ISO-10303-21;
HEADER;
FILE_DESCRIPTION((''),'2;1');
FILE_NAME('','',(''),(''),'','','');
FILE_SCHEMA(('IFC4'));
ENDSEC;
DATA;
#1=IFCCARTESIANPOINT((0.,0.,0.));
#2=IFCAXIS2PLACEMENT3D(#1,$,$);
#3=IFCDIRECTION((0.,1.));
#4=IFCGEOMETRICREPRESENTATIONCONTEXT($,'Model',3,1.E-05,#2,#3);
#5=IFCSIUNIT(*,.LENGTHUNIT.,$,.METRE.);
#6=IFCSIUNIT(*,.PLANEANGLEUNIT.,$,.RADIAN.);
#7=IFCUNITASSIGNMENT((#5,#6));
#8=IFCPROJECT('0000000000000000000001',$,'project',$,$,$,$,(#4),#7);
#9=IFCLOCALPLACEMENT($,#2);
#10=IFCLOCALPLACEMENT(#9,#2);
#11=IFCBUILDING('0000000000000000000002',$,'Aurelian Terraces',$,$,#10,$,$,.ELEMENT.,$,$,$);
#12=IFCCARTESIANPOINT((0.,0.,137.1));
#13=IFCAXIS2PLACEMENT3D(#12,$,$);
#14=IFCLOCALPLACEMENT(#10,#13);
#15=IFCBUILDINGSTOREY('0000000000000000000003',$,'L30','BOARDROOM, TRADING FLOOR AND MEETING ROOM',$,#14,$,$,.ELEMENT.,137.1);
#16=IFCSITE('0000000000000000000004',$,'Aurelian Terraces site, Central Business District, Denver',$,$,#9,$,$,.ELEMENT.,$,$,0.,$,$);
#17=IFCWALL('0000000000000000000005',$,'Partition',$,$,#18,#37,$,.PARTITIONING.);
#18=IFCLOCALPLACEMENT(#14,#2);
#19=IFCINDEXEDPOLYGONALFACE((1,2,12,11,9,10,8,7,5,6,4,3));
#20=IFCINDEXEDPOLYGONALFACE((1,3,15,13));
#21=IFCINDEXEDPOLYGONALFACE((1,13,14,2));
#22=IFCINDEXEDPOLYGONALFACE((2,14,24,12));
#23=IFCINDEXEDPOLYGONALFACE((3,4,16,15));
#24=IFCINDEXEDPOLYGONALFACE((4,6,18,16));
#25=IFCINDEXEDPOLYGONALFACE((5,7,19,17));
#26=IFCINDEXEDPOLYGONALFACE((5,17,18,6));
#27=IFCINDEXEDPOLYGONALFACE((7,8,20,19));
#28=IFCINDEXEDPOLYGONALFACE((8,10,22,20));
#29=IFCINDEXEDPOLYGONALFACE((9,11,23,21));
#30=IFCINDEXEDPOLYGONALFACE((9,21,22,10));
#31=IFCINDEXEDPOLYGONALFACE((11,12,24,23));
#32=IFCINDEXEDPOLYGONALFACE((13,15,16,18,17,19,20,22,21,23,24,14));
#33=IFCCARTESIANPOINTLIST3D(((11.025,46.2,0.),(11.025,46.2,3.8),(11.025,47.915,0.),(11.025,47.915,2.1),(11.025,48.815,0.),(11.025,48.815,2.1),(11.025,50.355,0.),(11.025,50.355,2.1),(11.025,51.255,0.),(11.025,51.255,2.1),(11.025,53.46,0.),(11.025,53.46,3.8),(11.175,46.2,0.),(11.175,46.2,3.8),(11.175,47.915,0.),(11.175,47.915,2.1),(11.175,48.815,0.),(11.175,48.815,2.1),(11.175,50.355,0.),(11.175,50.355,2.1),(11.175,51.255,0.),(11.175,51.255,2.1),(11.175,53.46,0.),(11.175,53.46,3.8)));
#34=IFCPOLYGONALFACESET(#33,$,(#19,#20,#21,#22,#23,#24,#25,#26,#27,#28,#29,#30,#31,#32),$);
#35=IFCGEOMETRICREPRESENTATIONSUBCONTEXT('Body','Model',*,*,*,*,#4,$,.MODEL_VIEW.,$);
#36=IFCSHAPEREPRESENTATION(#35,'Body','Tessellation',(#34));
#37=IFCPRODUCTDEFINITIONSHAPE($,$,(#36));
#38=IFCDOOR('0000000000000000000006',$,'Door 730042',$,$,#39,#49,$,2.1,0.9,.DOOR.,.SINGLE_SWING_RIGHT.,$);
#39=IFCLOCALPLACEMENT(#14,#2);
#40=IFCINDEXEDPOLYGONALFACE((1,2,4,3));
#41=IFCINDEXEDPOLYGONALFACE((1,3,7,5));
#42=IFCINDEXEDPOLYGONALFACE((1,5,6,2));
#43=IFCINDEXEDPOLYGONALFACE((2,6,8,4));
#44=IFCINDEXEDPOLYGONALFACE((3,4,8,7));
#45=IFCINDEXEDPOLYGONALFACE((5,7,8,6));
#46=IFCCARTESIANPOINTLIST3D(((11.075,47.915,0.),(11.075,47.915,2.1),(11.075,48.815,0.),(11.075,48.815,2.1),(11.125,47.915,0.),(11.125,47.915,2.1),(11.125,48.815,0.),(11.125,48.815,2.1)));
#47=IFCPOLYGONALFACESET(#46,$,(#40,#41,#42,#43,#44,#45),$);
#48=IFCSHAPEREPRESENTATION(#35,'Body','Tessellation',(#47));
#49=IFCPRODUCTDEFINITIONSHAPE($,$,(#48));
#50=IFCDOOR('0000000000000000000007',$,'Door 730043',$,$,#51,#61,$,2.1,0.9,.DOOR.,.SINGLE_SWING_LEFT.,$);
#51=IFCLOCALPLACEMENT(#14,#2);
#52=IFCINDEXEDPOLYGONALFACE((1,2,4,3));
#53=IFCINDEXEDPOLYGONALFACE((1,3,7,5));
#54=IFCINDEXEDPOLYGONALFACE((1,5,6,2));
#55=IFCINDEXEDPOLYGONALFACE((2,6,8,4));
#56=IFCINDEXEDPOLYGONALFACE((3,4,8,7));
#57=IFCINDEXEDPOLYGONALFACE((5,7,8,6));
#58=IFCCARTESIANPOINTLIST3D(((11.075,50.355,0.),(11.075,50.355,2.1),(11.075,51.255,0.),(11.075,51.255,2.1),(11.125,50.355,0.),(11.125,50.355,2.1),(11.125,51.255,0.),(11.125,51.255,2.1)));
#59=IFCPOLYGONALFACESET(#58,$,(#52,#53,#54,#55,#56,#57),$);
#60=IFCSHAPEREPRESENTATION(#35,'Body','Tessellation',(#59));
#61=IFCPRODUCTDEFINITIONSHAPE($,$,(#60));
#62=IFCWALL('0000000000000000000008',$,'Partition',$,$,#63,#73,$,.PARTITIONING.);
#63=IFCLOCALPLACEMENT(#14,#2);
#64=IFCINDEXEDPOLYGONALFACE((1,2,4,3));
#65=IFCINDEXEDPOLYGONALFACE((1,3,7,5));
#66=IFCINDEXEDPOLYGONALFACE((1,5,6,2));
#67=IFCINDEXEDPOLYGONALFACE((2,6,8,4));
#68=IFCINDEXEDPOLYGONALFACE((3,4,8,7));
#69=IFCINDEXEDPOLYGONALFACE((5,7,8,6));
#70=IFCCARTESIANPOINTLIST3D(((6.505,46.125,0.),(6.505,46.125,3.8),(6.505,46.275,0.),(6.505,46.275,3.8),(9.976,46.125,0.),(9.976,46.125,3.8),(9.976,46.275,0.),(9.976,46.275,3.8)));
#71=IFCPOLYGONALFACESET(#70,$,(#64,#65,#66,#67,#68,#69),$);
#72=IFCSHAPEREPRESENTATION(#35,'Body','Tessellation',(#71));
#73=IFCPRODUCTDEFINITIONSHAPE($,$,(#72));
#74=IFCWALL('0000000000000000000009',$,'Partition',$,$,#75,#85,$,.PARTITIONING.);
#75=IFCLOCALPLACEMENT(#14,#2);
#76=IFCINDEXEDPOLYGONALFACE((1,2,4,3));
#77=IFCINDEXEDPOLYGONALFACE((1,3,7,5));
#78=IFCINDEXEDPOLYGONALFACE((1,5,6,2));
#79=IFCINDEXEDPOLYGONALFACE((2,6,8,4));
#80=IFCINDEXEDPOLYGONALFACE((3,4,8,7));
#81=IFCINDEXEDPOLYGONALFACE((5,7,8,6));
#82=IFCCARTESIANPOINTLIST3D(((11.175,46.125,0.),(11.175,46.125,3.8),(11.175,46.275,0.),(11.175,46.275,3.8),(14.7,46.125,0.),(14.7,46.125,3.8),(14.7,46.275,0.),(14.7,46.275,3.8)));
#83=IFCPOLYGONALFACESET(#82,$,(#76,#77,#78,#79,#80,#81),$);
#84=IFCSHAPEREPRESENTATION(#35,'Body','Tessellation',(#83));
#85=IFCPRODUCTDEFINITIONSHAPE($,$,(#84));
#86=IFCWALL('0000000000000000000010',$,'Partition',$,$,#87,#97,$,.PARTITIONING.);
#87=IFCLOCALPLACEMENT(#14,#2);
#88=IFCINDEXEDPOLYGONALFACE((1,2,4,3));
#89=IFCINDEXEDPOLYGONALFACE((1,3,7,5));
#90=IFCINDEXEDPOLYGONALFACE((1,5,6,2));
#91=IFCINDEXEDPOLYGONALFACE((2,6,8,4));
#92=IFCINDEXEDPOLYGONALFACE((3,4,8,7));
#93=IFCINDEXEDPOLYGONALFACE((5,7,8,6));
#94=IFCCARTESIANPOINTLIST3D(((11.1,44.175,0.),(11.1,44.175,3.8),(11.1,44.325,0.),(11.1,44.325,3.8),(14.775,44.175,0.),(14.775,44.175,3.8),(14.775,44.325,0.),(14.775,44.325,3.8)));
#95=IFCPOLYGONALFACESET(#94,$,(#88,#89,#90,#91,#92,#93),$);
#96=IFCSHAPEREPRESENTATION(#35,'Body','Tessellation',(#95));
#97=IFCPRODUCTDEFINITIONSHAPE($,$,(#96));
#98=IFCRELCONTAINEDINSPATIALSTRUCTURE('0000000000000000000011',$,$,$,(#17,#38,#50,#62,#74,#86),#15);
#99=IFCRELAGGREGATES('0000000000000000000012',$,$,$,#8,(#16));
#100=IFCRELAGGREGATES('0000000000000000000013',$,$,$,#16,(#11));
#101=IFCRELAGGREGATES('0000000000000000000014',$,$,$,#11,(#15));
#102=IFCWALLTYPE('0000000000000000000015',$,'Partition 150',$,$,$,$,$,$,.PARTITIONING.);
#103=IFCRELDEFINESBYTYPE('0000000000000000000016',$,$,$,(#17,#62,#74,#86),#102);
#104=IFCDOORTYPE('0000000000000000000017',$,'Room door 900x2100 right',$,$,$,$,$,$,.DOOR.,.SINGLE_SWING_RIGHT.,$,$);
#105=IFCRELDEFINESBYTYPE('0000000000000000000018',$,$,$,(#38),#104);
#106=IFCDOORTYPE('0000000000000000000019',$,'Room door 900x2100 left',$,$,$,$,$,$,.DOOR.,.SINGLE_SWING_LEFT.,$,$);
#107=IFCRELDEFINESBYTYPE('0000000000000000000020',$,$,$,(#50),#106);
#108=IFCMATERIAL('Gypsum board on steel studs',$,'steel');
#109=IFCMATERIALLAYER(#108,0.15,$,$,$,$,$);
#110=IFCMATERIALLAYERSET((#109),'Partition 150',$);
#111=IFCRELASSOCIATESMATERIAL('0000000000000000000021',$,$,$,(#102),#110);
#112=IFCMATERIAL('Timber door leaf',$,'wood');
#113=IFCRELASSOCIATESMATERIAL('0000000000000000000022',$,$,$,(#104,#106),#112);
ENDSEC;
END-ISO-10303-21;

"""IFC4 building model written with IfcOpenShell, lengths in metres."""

from ifc_helpers import new_model, si_unit, direction, frame, frame_2d, origin, place, context, subcontext, project, spatial, rectangle, extrude, source, transform, mapped, material, layer, layer_set, type_object, element, fill, save


model = new_model("IFC4")

# Units and contexts
model_context = context("Model", 3, precision=1e-05, world=origin(), true_north=direction((0.0, 1.0)))
body_context = subcontext(model_context, "Body", "Model", "MODEL_VIEW")
ifc_project = project(units=[si_unit("LENGTHUNIT", "METRE"), si_unit("PLANEANGLEUNIT", "RADIAN")], contexts=[model_context])

# Site, building, storey
site_placement = place(None, origin())
site = spatial("IfcSite", under=ifc_project, at=site_placement, Name="Aurelian Terraces site, Central Business District, Denver", CompositionType="ELEMENT", RefElevation=0.0)
building_placement = place(site_placement, origin())
building = spatial("IfcBuilding", under=site, at=building_placement, Name="Aurelian Terraces", CompositionType="ELEMENT")
storey_placement = place(building_placement, frame((0.0, 0.0, 137.1)))
storey = spatial("IfcBuildingStorey", under=building, at=storey_placement, Name="L30", Description="BOARDROOM, TRADING FLOOR AND MEETING ROOM", CompositionType="ELEMENT", Elevation=137.1)

# Shared definitions
ifc_material_1 = material(Name="Gypsum board on steel studs", Category="steel")
shared_shape_1 = source(origin(), body_context, "Body", "SweptSolid", [
    extrude(rectangle(XDim=0.9, YDim=2.1, at=frame_2d((0.45, 1.05))), frame((0.0, 0.025, 0.0), z_axis=(0.0, -1.0, 0.0), x_axis=(1.0, 0.0, 0.0)), (0.0, 0.0, 1.0), 0.05),
])

# Shared definitions
ifc_layer_1 = layer(ifc_material_1, 0.15)
ifc_layer_set_1 = layer_set([ifc_layer_1], Name="Partition 150")
wall_type_1 = type_object("IfcWallType", Name="Partition 150", PredefinedType="PARTITIONING", material=ifc_layer_set_1)

# Shared definitions
shared_shape_2 = source(origin(), body_context, "Body", "SweptSolid", [
    extrude(rectangle(XDim=0.9, YDim=2.1, at=frame_2d((0.45, 1.05))), frame((0.0, 0.085, 0.0), z_axis=(0.0, -1.0, 0.0), x_axis=(1.0, 0.0, 0.0)), (0.0, 0.0, 1.0), 0.17),
])
ifc_material_2 = material(Name="Timber door leaf", Category="wood")
door_type_1 = type_object("IfcDoorType", Name="Room door 900x2100 right", OperationType="SINGLE_SWING_RIGHT", PredefinedType="DOOR", material=ifc_material_2)

# Wall, openings, doors
shared_shape_3 = source(origin(), body_context, "Body", "SweptSolid", [
    extrude(rectangle(XDim=7.26, YDim=0.15, at=frame_2d((3.63, 0.0))), origin(), (0.0, 0.0, 1.0), 3.8),
])
wall_1_placement = place(storey_placement, frame((11.1, 46.2, 0.0), z_axis=(0.0, 0.0, 1.0), x_axis=(0.0, 1.0, 0.0)))
wall_1 = element("IfcWall", 1, at=wall_1_placement, inside=storey, type_object=wall_type_1, Name="Partition", PredefinedType="PARTITIONING", context=body_context, shape_type="MappedRepresentation", body=[
    mapped(shared_shape_3, transform((0.0, 0.0, 0.0), scale=1.0)),
])
opening_1_placement = place(wall_1_placement, frame((1.715, 0.0, 0.0)))
opening_1 = element("IfcOpeningElement", 2, at=opening_1_placement, cuts=wall_1, PredefinedType="OPENING", context=body_context, shape_type="MappedRepresentation", body=[
    mapped(shared_shape_2, transform((0.0, 0.0, 0.0), scale=1.0)),
])
opening_2_placement = place(wall_1_placement, frame((4.155, 0.0, 0.0)))
opening_2 = element("IfcOpeningElement", 3, at=opening_2_placement, cuts=wall_1, PredefinedType="OPENING", context=body_context, shape_type="MappedRepresentation", body=[
    mapped(shared_shape_2, transform((0.0, 0.0, 0.0), scale=1.0)),
])
door_1_placement = place(opening_1_placement, origin())
door_1 = element("IfcDoor", 4, at=door_1_placement, inside=storey, type_object=door_type_1, Name="Door 730042", OperationType="SINGLE_SWING_RIGHT", OverallHeight=2.1, OverallWidth=0.9, PredefinedType="DOOR", context=body_context, shape_type="MappedRepresentation", body=[
    mapped(shared_shape_1, transform((0.0, 0.0, 0.0), scale=1.0)),
])
fill(opening_1, door_1)
door_type_2 = type_object("IfcDoorType", Name="Room door 900x2100 left", OperationType="SINGLE_SWING_LEFT", PredefinedType="DOOR", material=ifc_material_2)
door_2_placement = place(opening_2_placement, origin())
door_2 = element("IfcDoor", 5, at=door_2_placement, inside=storey, type_object=door_type_2, Name="Door 730043", OperationType="SINGLE_SWING_LEFT", OverallHeight=2.1, OverallWidth=0.9, PredefinedType="DOOR", context=body_context, shape_type="MappedRepresentation", body=[
    mapped(shared_shape_1, transform((0.0, 0.0, 0.0), scale=1.0)),
])
fill(opening_2, door_2)

# Walls
shared_shape_4 = source(origin(), body_context, "Body", "SweptSolid", [
    extrude(rectangle(XDim=3.471, YDim=0.15, at=frame_2d((1.7355, 0.0))), origin(), (0.0, 0.0, 1.0), 3.8),
])
wall_2_placement = place(storey_placement, frame((9.976, 46.2, 0.0), z_axis=(0.0, 0.0, 1.0), x_axis=(-1.0, 0.0, 0.0)))
element("IfcWall", 6, at=wall_2_placement, inside=storey, type_object=wall_type_1, Name="Partition", PredefinedType="PARTITIONING", context=body_context, shape_type="MappedRepresentation", body=[
    mapped(shared_shape_4, transform((0.0, 0.0, 0.0), scale=1.0)),
])
shared_shape_5 = source(origin(), body_context, "Body", "SweptSolid", [
    extrude(rectangle(XDim=3.525, YDim=0.15, at=frame_2d((1.7625, 0.0))), origin(), (0.0, 0.0, 1.0), 3.8),
])
wall_3_placement = place(storey_placement, frame((14.7, 46.2, 0.0), z_axis=(0.0, 0.0, 1.0), x_axis=(-1.0, 0.0, 0.0)))
element("IfcWall", 7, at=wall_3_placement, inside=storey, type_object=wall_type_1, Name="Partition", PredefinedType="PARTITIONING", context=body_context, shape_type="MappedRepresentation", body=[
    mapped(shared_shape_5, transform((0.0, 0.0, 0.0), scale=1.0)),
])
shared_shape_6 = source(origin(), body_context, "Body", "SweptSolid", [
    extrude(rectangle(XDim=3.675, YDim=0.15, at=frame_2d((1.8375, 0.0))), origin(), (0.0, 0.0, 1.0), 3.8),
])
wall_4_placement = place(storey_placement, frame((14.775, 44.25, 0.0), z_axis=(0.0, 0.0, 1.0), x_axis=(-1.0, 0.0, 0.0)))
element("IfcWall", 8, at=wall_4_placement, inside=storey, type_object=wall_type_1, Name="Partition", PredefinedType="PARTITIONING", context=body_context, shape_type="MappedRepresentation", body=[
    mapped(shared_shape_6, transform((0.0, 0.0, 0.0), scale=1.0)),
])

save(model, "model.ifc")
